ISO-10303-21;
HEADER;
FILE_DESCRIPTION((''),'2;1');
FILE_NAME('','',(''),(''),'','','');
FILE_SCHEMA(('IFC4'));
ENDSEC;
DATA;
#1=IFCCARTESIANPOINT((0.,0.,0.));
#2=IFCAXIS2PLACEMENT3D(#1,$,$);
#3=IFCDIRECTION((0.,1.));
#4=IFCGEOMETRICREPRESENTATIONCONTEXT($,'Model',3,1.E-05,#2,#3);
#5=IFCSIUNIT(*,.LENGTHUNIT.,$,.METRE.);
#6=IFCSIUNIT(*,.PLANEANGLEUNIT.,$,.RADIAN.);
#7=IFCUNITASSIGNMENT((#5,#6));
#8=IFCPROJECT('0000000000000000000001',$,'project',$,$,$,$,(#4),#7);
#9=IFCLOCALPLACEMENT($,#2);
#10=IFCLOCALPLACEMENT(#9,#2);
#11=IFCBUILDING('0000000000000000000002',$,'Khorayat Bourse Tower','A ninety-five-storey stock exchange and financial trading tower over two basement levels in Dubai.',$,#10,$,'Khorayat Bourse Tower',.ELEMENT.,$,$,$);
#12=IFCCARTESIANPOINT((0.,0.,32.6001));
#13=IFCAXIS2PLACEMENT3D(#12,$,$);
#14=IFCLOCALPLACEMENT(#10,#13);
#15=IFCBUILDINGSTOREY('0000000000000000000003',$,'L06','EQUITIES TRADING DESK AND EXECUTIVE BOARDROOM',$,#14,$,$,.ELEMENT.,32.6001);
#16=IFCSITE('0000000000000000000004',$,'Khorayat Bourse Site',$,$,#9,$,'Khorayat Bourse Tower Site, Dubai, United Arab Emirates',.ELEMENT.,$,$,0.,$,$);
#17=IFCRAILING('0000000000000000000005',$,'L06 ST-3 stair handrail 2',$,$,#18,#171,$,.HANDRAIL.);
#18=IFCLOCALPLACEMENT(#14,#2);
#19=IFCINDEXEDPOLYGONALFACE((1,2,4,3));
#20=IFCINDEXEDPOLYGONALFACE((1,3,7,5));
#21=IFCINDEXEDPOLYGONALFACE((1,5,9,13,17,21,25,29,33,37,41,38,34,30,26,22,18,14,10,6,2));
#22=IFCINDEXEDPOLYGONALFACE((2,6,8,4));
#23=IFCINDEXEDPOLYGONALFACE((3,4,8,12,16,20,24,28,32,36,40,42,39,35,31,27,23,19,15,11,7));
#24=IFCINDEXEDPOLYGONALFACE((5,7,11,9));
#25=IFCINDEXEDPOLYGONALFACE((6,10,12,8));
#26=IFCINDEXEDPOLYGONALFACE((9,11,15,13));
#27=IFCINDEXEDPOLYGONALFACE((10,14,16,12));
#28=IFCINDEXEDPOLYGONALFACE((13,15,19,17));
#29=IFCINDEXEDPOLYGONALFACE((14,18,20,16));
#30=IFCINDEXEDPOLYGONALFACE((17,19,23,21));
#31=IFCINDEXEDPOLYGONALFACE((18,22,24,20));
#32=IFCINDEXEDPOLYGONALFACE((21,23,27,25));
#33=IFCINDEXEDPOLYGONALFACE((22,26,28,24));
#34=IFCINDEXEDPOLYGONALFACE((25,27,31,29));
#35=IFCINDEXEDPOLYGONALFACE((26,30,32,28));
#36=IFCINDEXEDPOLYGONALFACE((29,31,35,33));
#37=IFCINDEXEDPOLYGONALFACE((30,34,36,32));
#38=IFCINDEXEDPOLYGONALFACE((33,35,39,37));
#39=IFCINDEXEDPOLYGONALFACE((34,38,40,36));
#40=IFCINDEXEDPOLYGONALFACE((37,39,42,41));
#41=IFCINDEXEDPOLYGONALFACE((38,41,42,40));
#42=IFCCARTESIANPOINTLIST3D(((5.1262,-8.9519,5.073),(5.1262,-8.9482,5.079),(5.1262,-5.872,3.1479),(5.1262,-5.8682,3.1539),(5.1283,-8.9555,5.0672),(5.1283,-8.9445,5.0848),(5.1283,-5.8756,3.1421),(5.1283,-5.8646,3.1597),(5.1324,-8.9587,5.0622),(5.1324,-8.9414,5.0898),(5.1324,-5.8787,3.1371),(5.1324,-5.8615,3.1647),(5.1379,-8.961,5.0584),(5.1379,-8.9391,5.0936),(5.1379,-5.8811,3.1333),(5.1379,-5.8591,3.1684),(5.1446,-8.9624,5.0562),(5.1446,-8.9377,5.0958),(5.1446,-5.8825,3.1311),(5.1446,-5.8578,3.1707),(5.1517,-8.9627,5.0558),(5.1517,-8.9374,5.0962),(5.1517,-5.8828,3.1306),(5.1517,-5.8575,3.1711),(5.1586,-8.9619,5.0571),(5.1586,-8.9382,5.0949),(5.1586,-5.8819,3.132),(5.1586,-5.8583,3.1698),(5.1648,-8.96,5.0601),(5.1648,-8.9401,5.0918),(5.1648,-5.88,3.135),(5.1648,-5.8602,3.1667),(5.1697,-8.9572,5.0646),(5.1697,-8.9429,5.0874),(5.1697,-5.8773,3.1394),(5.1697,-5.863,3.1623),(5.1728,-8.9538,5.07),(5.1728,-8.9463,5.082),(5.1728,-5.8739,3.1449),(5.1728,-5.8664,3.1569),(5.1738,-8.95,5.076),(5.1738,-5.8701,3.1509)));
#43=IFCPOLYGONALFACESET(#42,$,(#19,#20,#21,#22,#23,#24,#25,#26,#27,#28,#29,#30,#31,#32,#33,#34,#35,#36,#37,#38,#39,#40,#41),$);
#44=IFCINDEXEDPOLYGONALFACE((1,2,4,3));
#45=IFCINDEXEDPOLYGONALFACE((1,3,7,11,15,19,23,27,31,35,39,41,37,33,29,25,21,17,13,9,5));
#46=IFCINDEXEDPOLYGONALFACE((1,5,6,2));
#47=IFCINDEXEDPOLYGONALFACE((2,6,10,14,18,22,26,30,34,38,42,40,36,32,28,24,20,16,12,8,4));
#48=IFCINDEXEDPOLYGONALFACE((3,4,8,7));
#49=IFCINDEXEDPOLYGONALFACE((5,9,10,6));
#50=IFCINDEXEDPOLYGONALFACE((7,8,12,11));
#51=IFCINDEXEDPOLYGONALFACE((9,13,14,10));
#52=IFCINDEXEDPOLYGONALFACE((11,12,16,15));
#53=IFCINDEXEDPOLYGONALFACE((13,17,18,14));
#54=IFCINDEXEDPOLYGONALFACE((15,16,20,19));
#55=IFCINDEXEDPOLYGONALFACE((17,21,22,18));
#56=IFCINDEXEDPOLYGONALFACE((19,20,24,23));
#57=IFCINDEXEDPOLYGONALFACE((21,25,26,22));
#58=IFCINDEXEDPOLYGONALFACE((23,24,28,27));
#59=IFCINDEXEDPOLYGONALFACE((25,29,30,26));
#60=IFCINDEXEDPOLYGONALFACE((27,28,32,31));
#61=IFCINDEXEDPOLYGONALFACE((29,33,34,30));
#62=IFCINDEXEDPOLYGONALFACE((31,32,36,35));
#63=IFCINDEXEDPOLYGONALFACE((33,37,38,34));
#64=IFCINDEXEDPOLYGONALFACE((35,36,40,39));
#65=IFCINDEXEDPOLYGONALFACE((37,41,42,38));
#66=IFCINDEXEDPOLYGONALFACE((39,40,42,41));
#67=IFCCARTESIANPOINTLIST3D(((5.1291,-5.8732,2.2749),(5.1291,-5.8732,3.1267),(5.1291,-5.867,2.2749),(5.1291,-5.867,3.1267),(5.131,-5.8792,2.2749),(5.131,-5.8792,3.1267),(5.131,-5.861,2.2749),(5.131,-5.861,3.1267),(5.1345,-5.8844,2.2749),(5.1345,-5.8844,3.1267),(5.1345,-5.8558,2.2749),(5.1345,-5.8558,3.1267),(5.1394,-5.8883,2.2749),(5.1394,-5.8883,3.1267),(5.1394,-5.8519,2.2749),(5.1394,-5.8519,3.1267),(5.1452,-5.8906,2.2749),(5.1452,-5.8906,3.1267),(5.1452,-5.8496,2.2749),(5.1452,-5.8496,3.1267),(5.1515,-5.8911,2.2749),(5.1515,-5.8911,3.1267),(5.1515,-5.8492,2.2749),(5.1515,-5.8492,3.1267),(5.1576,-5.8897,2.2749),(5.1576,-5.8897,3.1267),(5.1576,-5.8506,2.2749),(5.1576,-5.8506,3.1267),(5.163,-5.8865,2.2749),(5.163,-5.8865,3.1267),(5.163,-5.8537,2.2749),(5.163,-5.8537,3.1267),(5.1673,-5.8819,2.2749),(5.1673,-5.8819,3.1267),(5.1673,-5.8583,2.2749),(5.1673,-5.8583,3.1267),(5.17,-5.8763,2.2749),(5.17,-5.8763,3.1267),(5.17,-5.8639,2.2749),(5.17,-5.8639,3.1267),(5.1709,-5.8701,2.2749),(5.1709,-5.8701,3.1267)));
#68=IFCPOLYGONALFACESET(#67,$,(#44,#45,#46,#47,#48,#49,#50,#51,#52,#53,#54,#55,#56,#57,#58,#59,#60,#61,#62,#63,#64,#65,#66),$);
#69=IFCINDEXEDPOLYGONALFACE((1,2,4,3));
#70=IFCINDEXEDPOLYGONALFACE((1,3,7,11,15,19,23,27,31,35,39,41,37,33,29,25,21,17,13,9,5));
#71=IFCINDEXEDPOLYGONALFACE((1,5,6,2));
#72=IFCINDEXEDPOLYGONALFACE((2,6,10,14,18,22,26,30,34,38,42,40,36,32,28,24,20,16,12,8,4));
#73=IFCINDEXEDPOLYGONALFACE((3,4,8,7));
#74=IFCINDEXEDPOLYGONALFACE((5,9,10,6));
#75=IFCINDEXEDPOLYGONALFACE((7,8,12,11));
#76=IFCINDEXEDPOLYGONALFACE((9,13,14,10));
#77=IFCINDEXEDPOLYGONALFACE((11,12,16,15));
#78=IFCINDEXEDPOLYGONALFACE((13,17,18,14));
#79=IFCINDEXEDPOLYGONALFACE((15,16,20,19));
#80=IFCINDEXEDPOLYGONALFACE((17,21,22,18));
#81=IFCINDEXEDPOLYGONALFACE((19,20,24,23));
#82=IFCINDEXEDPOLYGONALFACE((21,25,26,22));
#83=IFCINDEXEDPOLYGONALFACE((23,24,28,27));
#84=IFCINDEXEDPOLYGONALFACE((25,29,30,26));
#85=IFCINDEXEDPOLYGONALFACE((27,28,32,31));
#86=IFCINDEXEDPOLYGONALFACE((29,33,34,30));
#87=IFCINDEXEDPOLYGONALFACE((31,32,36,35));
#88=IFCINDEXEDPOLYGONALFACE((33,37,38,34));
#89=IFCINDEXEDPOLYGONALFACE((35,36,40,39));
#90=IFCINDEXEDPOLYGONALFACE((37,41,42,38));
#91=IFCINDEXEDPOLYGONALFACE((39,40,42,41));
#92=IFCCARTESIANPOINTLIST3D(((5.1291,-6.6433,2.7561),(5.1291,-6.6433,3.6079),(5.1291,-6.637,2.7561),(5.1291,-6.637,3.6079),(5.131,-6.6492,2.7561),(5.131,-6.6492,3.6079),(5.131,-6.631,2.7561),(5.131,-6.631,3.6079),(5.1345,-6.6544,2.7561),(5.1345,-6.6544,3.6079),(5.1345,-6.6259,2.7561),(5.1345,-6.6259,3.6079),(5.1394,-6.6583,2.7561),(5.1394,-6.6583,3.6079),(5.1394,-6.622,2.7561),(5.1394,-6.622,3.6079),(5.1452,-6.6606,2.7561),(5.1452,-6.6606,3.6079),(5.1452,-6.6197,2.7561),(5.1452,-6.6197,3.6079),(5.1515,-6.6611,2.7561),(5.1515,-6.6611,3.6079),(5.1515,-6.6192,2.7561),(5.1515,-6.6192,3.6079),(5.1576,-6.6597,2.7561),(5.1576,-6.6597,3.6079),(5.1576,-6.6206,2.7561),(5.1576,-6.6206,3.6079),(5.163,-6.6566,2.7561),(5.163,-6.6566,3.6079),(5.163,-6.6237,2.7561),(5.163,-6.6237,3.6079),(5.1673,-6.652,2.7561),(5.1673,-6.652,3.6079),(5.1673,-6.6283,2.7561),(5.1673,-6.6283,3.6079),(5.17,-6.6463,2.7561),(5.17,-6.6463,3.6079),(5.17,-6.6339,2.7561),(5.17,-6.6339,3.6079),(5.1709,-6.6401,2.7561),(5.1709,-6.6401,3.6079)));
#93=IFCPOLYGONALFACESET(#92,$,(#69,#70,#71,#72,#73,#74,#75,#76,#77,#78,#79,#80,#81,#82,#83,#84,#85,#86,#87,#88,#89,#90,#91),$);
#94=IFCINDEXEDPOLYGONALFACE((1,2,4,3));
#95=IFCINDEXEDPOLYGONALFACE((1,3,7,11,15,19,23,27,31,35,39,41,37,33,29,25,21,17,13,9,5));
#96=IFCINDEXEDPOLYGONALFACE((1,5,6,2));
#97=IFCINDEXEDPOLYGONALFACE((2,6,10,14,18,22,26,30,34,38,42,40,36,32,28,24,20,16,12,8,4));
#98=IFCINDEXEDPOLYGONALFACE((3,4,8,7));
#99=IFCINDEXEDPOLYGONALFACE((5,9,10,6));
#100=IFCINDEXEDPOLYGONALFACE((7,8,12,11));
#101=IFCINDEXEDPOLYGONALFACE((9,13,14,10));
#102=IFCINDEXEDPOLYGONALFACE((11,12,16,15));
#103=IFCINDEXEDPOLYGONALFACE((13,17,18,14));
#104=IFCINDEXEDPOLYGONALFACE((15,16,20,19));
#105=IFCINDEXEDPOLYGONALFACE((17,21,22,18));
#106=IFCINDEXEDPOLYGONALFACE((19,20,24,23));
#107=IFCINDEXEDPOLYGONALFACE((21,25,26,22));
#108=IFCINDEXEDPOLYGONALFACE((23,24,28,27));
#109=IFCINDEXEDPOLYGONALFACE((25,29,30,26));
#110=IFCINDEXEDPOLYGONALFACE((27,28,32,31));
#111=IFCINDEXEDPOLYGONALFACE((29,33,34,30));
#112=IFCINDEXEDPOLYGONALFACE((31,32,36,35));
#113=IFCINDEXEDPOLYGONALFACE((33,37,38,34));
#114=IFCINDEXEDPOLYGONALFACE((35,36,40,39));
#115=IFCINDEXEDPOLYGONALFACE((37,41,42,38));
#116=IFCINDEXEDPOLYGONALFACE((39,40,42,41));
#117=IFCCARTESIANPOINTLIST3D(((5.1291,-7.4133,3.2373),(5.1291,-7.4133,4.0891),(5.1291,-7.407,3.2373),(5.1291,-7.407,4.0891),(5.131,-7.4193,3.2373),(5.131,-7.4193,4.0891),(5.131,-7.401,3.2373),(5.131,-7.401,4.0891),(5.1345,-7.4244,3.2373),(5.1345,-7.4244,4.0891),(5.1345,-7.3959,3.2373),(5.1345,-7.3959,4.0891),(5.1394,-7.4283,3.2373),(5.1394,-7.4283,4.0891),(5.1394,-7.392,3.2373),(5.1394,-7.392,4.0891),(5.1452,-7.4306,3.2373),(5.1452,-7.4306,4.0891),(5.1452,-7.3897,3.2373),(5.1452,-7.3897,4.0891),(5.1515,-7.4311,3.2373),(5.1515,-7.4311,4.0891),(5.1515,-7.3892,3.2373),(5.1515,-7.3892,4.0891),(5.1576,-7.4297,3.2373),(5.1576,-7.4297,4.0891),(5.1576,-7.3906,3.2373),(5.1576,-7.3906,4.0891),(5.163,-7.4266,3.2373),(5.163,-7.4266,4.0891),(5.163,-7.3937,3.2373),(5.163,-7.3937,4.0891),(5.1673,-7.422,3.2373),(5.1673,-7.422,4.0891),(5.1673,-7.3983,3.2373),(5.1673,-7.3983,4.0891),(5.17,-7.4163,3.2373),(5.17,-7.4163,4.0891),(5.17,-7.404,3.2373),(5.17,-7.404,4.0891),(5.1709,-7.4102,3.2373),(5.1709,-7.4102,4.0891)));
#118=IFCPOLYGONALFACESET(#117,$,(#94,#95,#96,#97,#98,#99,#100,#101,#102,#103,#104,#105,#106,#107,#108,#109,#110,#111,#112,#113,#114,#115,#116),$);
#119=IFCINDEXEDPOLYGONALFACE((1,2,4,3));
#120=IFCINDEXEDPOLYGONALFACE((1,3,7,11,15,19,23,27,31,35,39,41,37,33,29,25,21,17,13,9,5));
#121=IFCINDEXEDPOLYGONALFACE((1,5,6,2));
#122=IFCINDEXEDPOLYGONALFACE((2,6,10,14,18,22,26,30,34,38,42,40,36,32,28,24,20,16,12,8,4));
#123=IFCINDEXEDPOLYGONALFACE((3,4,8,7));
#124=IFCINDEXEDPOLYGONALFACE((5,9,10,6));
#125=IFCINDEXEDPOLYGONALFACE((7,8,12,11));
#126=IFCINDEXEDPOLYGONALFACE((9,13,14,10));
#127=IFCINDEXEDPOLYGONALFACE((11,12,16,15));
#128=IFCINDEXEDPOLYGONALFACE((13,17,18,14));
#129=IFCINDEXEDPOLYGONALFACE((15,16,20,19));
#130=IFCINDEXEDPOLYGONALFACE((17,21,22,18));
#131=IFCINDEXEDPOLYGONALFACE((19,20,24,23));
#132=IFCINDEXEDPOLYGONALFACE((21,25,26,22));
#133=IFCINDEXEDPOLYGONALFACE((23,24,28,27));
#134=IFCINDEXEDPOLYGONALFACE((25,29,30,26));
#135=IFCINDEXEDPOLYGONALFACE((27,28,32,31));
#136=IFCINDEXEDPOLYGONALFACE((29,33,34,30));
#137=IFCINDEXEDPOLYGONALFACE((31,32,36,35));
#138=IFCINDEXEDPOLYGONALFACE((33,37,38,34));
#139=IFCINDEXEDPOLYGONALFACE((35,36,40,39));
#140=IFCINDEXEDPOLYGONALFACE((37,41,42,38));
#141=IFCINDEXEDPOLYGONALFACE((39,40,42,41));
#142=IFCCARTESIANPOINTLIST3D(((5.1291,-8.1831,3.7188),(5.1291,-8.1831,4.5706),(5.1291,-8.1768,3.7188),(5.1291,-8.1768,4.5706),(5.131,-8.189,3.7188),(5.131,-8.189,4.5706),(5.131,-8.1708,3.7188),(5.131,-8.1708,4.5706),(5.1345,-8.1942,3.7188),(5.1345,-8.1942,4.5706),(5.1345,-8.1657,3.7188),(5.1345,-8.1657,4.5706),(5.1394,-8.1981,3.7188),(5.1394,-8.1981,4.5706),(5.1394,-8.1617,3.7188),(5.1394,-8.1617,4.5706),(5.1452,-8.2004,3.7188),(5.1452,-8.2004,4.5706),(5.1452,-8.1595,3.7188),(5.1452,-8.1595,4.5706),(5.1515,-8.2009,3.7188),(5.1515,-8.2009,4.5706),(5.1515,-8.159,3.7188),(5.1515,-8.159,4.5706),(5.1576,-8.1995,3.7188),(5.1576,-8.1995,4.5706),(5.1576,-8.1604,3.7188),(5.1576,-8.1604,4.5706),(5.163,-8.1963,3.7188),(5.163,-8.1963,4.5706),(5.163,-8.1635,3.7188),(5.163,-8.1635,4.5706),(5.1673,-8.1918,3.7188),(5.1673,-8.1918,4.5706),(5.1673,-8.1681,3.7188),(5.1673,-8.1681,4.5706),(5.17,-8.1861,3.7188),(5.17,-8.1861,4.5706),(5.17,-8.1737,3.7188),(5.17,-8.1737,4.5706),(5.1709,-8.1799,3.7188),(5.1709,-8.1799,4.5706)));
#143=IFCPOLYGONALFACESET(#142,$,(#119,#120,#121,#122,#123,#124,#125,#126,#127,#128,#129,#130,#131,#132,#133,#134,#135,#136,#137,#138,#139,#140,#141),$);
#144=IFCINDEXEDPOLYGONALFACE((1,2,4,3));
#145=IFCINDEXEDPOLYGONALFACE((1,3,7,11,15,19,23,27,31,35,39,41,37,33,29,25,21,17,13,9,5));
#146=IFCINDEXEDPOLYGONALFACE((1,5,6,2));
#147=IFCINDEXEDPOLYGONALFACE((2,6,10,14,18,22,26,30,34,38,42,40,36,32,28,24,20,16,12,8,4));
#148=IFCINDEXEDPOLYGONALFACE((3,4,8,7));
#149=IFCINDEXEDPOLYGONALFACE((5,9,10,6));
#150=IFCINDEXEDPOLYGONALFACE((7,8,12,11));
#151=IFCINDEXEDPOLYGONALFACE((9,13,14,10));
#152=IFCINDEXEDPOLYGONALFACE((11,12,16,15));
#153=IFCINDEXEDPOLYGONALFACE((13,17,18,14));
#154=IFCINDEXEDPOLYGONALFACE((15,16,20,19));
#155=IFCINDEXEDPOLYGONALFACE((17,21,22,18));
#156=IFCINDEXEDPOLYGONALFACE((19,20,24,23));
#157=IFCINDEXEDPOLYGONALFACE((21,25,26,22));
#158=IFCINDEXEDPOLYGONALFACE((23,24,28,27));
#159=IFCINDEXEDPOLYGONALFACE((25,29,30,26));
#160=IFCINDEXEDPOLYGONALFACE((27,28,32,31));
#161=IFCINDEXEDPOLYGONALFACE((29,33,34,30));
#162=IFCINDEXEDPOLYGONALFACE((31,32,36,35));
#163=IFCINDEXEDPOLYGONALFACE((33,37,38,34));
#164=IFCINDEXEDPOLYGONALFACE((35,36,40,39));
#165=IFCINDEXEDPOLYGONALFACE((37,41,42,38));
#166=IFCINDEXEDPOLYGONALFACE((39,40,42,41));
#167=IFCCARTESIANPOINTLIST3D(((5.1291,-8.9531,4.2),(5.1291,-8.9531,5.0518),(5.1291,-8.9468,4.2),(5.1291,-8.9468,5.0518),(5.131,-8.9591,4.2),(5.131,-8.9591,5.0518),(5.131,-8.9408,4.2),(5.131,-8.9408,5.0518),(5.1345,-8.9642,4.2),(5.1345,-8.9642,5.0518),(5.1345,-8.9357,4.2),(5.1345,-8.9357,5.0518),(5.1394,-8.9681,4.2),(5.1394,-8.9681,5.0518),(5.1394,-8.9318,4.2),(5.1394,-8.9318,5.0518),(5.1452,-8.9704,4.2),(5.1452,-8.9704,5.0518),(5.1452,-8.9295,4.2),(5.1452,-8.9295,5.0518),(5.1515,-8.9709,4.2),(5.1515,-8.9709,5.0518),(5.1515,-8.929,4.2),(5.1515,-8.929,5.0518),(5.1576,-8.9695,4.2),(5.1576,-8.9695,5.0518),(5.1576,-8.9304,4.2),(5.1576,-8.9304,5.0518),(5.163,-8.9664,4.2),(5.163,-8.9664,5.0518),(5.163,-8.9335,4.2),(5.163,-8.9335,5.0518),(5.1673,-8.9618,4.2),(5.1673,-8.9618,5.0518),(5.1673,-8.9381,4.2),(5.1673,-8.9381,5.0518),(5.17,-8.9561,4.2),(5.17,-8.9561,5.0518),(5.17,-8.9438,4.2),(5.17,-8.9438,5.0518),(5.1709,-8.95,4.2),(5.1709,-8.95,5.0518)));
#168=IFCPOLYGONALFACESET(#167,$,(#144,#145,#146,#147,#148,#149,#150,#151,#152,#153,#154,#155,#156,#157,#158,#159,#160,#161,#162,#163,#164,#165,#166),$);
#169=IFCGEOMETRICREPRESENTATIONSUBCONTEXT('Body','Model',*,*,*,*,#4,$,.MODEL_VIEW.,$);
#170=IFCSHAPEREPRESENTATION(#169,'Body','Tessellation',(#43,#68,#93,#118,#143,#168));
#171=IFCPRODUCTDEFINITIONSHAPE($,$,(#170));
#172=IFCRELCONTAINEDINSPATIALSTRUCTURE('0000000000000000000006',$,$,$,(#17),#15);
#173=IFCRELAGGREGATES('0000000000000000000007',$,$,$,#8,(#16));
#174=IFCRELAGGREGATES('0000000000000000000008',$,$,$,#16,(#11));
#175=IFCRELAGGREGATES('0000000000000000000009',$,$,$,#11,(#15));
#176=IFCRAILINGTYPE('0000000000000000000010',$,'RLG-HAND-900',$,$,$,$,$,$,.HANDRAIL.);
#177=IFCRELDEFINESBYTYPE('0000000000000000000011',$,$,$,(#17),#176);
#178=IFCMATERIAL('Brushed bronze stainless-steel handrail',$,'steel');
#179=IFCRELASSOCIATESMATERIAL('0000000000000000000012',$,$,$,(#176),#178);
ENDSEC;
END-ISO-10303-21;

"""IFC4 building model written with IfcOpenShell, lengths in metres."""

from ifc_helpers import new_model, si_unit, direction, frame, origin, origin_2d, place, context, subcontext, project, spatial, circle, extrude, source, transform, mapped, material, type_object, element, save


model = new_model("IFC4")

# Units and contexts
model_context = context("Model", 3, precision=1e-05, world=origin(), true_north=direction((0.0, 1.0)))
body_context = subcontext(model_context, "Body", "Model", "MODEL_VIEW")
ifc_project = project(units=[si_unit("LENGTHUNIT", "METRE"), si_unit("PLANEANGLEUNIT", "RADIAN")], contexts=[model_context])

# Site, building, storey
site_placement = place(None, origin())
site = spatial("IfcSite", under=ifc_project, at=site_placement, Name="Khorayat Bourse Site", LongName="Khorayat Bourse Tower Site, Dubai, United Arab Emirates", CompositionType="ELEMENT", RefElevation=0.0)
building_placement = place(site_placement, origin())
building = spatial("IfcBuilding", under=site, at=building_placement, Name="Khorayat Bourse Tower", Description="A ninety-five-storey stock exchange and financial trading tower over two basement levels in Dubai.", LongName="Khorayat Bourse Tower", CompositionType="ELEMENT")
storey_placement = place(building_placement, frame((0.0, 0.0, 32.6001)))
storey = spatial("IfcBuildingStorey", under=building, at=storey_placement, Name="L06", Description="EQUITIES TRADING DESK AND EXECUTIVE BOARDROOM", CompositionType="ELEMENT", Elevation=32.6001)

# Railing
ifc_material_1 = material(Name="Brushed bronze stainless-steel handrail", Category="steel")
railing_type_1 = type_object("IfcRailingType", Name="RLG-HAND-900", PredefinedType="HANDRAIL", material=ifc_material_1)
shared_shape_1 = source(origin(), body_context, "Body", "SweptSolid", [
    extrude(circle(Radius=0.0239, at=origin_2d()), frame((0.0, 0.0, 0.876), z_axis=(0.0, -0.847979, 0.530029), x_axis=(1.0, 0.0, 0.0)), (0.0, 0.0, 1.0), 3.6321),
    extrude(circle(Radius=0.021, at=origin_2d()), origin(), (0.0, 0.0, 1.0), 0.8518),
    extrude(circle(Radius=0.021, at=origin_2d()), frame((0.0, -0.77, 0.4812)), (0.0, 0.0, 1.0), 0.8518),
    extrude(circle(Radius=0.021, at=origin_2d()), frame((0.0, -1.54, 0.9624)), (0.0, 0.0, 1.0), 0.8518),
    extrude(circle(Radius=0.021, at=origin_2d()), frame((0.0, -2.3098, 1.4438)), (0.0, 0.0, 1.0), 0.8518),
    extrude(circle(Radius=0.021, at=origin_2d()), frame((0.0, -3.0798, 1.925)), (0.0, 0.0, 1.0), 0.8518),
])
railing_1_placement = place(storey_placement, frame((5.1499, -5.8701, 2.2749)))
element("IfcRailing", 1, at=railing_1_placement, inside=storey, type_object=railing_type_1, Name="L06 ST-3 stair handrail 2", PredefinedType="HANDRAIL", context=body_context, shape_type="MappedRepresentation", body=[
    mapped(shared_shape_1, transform((0.0, 0.0, 0.0), scale=1.0)),
])

save(model, "model.ifc")
